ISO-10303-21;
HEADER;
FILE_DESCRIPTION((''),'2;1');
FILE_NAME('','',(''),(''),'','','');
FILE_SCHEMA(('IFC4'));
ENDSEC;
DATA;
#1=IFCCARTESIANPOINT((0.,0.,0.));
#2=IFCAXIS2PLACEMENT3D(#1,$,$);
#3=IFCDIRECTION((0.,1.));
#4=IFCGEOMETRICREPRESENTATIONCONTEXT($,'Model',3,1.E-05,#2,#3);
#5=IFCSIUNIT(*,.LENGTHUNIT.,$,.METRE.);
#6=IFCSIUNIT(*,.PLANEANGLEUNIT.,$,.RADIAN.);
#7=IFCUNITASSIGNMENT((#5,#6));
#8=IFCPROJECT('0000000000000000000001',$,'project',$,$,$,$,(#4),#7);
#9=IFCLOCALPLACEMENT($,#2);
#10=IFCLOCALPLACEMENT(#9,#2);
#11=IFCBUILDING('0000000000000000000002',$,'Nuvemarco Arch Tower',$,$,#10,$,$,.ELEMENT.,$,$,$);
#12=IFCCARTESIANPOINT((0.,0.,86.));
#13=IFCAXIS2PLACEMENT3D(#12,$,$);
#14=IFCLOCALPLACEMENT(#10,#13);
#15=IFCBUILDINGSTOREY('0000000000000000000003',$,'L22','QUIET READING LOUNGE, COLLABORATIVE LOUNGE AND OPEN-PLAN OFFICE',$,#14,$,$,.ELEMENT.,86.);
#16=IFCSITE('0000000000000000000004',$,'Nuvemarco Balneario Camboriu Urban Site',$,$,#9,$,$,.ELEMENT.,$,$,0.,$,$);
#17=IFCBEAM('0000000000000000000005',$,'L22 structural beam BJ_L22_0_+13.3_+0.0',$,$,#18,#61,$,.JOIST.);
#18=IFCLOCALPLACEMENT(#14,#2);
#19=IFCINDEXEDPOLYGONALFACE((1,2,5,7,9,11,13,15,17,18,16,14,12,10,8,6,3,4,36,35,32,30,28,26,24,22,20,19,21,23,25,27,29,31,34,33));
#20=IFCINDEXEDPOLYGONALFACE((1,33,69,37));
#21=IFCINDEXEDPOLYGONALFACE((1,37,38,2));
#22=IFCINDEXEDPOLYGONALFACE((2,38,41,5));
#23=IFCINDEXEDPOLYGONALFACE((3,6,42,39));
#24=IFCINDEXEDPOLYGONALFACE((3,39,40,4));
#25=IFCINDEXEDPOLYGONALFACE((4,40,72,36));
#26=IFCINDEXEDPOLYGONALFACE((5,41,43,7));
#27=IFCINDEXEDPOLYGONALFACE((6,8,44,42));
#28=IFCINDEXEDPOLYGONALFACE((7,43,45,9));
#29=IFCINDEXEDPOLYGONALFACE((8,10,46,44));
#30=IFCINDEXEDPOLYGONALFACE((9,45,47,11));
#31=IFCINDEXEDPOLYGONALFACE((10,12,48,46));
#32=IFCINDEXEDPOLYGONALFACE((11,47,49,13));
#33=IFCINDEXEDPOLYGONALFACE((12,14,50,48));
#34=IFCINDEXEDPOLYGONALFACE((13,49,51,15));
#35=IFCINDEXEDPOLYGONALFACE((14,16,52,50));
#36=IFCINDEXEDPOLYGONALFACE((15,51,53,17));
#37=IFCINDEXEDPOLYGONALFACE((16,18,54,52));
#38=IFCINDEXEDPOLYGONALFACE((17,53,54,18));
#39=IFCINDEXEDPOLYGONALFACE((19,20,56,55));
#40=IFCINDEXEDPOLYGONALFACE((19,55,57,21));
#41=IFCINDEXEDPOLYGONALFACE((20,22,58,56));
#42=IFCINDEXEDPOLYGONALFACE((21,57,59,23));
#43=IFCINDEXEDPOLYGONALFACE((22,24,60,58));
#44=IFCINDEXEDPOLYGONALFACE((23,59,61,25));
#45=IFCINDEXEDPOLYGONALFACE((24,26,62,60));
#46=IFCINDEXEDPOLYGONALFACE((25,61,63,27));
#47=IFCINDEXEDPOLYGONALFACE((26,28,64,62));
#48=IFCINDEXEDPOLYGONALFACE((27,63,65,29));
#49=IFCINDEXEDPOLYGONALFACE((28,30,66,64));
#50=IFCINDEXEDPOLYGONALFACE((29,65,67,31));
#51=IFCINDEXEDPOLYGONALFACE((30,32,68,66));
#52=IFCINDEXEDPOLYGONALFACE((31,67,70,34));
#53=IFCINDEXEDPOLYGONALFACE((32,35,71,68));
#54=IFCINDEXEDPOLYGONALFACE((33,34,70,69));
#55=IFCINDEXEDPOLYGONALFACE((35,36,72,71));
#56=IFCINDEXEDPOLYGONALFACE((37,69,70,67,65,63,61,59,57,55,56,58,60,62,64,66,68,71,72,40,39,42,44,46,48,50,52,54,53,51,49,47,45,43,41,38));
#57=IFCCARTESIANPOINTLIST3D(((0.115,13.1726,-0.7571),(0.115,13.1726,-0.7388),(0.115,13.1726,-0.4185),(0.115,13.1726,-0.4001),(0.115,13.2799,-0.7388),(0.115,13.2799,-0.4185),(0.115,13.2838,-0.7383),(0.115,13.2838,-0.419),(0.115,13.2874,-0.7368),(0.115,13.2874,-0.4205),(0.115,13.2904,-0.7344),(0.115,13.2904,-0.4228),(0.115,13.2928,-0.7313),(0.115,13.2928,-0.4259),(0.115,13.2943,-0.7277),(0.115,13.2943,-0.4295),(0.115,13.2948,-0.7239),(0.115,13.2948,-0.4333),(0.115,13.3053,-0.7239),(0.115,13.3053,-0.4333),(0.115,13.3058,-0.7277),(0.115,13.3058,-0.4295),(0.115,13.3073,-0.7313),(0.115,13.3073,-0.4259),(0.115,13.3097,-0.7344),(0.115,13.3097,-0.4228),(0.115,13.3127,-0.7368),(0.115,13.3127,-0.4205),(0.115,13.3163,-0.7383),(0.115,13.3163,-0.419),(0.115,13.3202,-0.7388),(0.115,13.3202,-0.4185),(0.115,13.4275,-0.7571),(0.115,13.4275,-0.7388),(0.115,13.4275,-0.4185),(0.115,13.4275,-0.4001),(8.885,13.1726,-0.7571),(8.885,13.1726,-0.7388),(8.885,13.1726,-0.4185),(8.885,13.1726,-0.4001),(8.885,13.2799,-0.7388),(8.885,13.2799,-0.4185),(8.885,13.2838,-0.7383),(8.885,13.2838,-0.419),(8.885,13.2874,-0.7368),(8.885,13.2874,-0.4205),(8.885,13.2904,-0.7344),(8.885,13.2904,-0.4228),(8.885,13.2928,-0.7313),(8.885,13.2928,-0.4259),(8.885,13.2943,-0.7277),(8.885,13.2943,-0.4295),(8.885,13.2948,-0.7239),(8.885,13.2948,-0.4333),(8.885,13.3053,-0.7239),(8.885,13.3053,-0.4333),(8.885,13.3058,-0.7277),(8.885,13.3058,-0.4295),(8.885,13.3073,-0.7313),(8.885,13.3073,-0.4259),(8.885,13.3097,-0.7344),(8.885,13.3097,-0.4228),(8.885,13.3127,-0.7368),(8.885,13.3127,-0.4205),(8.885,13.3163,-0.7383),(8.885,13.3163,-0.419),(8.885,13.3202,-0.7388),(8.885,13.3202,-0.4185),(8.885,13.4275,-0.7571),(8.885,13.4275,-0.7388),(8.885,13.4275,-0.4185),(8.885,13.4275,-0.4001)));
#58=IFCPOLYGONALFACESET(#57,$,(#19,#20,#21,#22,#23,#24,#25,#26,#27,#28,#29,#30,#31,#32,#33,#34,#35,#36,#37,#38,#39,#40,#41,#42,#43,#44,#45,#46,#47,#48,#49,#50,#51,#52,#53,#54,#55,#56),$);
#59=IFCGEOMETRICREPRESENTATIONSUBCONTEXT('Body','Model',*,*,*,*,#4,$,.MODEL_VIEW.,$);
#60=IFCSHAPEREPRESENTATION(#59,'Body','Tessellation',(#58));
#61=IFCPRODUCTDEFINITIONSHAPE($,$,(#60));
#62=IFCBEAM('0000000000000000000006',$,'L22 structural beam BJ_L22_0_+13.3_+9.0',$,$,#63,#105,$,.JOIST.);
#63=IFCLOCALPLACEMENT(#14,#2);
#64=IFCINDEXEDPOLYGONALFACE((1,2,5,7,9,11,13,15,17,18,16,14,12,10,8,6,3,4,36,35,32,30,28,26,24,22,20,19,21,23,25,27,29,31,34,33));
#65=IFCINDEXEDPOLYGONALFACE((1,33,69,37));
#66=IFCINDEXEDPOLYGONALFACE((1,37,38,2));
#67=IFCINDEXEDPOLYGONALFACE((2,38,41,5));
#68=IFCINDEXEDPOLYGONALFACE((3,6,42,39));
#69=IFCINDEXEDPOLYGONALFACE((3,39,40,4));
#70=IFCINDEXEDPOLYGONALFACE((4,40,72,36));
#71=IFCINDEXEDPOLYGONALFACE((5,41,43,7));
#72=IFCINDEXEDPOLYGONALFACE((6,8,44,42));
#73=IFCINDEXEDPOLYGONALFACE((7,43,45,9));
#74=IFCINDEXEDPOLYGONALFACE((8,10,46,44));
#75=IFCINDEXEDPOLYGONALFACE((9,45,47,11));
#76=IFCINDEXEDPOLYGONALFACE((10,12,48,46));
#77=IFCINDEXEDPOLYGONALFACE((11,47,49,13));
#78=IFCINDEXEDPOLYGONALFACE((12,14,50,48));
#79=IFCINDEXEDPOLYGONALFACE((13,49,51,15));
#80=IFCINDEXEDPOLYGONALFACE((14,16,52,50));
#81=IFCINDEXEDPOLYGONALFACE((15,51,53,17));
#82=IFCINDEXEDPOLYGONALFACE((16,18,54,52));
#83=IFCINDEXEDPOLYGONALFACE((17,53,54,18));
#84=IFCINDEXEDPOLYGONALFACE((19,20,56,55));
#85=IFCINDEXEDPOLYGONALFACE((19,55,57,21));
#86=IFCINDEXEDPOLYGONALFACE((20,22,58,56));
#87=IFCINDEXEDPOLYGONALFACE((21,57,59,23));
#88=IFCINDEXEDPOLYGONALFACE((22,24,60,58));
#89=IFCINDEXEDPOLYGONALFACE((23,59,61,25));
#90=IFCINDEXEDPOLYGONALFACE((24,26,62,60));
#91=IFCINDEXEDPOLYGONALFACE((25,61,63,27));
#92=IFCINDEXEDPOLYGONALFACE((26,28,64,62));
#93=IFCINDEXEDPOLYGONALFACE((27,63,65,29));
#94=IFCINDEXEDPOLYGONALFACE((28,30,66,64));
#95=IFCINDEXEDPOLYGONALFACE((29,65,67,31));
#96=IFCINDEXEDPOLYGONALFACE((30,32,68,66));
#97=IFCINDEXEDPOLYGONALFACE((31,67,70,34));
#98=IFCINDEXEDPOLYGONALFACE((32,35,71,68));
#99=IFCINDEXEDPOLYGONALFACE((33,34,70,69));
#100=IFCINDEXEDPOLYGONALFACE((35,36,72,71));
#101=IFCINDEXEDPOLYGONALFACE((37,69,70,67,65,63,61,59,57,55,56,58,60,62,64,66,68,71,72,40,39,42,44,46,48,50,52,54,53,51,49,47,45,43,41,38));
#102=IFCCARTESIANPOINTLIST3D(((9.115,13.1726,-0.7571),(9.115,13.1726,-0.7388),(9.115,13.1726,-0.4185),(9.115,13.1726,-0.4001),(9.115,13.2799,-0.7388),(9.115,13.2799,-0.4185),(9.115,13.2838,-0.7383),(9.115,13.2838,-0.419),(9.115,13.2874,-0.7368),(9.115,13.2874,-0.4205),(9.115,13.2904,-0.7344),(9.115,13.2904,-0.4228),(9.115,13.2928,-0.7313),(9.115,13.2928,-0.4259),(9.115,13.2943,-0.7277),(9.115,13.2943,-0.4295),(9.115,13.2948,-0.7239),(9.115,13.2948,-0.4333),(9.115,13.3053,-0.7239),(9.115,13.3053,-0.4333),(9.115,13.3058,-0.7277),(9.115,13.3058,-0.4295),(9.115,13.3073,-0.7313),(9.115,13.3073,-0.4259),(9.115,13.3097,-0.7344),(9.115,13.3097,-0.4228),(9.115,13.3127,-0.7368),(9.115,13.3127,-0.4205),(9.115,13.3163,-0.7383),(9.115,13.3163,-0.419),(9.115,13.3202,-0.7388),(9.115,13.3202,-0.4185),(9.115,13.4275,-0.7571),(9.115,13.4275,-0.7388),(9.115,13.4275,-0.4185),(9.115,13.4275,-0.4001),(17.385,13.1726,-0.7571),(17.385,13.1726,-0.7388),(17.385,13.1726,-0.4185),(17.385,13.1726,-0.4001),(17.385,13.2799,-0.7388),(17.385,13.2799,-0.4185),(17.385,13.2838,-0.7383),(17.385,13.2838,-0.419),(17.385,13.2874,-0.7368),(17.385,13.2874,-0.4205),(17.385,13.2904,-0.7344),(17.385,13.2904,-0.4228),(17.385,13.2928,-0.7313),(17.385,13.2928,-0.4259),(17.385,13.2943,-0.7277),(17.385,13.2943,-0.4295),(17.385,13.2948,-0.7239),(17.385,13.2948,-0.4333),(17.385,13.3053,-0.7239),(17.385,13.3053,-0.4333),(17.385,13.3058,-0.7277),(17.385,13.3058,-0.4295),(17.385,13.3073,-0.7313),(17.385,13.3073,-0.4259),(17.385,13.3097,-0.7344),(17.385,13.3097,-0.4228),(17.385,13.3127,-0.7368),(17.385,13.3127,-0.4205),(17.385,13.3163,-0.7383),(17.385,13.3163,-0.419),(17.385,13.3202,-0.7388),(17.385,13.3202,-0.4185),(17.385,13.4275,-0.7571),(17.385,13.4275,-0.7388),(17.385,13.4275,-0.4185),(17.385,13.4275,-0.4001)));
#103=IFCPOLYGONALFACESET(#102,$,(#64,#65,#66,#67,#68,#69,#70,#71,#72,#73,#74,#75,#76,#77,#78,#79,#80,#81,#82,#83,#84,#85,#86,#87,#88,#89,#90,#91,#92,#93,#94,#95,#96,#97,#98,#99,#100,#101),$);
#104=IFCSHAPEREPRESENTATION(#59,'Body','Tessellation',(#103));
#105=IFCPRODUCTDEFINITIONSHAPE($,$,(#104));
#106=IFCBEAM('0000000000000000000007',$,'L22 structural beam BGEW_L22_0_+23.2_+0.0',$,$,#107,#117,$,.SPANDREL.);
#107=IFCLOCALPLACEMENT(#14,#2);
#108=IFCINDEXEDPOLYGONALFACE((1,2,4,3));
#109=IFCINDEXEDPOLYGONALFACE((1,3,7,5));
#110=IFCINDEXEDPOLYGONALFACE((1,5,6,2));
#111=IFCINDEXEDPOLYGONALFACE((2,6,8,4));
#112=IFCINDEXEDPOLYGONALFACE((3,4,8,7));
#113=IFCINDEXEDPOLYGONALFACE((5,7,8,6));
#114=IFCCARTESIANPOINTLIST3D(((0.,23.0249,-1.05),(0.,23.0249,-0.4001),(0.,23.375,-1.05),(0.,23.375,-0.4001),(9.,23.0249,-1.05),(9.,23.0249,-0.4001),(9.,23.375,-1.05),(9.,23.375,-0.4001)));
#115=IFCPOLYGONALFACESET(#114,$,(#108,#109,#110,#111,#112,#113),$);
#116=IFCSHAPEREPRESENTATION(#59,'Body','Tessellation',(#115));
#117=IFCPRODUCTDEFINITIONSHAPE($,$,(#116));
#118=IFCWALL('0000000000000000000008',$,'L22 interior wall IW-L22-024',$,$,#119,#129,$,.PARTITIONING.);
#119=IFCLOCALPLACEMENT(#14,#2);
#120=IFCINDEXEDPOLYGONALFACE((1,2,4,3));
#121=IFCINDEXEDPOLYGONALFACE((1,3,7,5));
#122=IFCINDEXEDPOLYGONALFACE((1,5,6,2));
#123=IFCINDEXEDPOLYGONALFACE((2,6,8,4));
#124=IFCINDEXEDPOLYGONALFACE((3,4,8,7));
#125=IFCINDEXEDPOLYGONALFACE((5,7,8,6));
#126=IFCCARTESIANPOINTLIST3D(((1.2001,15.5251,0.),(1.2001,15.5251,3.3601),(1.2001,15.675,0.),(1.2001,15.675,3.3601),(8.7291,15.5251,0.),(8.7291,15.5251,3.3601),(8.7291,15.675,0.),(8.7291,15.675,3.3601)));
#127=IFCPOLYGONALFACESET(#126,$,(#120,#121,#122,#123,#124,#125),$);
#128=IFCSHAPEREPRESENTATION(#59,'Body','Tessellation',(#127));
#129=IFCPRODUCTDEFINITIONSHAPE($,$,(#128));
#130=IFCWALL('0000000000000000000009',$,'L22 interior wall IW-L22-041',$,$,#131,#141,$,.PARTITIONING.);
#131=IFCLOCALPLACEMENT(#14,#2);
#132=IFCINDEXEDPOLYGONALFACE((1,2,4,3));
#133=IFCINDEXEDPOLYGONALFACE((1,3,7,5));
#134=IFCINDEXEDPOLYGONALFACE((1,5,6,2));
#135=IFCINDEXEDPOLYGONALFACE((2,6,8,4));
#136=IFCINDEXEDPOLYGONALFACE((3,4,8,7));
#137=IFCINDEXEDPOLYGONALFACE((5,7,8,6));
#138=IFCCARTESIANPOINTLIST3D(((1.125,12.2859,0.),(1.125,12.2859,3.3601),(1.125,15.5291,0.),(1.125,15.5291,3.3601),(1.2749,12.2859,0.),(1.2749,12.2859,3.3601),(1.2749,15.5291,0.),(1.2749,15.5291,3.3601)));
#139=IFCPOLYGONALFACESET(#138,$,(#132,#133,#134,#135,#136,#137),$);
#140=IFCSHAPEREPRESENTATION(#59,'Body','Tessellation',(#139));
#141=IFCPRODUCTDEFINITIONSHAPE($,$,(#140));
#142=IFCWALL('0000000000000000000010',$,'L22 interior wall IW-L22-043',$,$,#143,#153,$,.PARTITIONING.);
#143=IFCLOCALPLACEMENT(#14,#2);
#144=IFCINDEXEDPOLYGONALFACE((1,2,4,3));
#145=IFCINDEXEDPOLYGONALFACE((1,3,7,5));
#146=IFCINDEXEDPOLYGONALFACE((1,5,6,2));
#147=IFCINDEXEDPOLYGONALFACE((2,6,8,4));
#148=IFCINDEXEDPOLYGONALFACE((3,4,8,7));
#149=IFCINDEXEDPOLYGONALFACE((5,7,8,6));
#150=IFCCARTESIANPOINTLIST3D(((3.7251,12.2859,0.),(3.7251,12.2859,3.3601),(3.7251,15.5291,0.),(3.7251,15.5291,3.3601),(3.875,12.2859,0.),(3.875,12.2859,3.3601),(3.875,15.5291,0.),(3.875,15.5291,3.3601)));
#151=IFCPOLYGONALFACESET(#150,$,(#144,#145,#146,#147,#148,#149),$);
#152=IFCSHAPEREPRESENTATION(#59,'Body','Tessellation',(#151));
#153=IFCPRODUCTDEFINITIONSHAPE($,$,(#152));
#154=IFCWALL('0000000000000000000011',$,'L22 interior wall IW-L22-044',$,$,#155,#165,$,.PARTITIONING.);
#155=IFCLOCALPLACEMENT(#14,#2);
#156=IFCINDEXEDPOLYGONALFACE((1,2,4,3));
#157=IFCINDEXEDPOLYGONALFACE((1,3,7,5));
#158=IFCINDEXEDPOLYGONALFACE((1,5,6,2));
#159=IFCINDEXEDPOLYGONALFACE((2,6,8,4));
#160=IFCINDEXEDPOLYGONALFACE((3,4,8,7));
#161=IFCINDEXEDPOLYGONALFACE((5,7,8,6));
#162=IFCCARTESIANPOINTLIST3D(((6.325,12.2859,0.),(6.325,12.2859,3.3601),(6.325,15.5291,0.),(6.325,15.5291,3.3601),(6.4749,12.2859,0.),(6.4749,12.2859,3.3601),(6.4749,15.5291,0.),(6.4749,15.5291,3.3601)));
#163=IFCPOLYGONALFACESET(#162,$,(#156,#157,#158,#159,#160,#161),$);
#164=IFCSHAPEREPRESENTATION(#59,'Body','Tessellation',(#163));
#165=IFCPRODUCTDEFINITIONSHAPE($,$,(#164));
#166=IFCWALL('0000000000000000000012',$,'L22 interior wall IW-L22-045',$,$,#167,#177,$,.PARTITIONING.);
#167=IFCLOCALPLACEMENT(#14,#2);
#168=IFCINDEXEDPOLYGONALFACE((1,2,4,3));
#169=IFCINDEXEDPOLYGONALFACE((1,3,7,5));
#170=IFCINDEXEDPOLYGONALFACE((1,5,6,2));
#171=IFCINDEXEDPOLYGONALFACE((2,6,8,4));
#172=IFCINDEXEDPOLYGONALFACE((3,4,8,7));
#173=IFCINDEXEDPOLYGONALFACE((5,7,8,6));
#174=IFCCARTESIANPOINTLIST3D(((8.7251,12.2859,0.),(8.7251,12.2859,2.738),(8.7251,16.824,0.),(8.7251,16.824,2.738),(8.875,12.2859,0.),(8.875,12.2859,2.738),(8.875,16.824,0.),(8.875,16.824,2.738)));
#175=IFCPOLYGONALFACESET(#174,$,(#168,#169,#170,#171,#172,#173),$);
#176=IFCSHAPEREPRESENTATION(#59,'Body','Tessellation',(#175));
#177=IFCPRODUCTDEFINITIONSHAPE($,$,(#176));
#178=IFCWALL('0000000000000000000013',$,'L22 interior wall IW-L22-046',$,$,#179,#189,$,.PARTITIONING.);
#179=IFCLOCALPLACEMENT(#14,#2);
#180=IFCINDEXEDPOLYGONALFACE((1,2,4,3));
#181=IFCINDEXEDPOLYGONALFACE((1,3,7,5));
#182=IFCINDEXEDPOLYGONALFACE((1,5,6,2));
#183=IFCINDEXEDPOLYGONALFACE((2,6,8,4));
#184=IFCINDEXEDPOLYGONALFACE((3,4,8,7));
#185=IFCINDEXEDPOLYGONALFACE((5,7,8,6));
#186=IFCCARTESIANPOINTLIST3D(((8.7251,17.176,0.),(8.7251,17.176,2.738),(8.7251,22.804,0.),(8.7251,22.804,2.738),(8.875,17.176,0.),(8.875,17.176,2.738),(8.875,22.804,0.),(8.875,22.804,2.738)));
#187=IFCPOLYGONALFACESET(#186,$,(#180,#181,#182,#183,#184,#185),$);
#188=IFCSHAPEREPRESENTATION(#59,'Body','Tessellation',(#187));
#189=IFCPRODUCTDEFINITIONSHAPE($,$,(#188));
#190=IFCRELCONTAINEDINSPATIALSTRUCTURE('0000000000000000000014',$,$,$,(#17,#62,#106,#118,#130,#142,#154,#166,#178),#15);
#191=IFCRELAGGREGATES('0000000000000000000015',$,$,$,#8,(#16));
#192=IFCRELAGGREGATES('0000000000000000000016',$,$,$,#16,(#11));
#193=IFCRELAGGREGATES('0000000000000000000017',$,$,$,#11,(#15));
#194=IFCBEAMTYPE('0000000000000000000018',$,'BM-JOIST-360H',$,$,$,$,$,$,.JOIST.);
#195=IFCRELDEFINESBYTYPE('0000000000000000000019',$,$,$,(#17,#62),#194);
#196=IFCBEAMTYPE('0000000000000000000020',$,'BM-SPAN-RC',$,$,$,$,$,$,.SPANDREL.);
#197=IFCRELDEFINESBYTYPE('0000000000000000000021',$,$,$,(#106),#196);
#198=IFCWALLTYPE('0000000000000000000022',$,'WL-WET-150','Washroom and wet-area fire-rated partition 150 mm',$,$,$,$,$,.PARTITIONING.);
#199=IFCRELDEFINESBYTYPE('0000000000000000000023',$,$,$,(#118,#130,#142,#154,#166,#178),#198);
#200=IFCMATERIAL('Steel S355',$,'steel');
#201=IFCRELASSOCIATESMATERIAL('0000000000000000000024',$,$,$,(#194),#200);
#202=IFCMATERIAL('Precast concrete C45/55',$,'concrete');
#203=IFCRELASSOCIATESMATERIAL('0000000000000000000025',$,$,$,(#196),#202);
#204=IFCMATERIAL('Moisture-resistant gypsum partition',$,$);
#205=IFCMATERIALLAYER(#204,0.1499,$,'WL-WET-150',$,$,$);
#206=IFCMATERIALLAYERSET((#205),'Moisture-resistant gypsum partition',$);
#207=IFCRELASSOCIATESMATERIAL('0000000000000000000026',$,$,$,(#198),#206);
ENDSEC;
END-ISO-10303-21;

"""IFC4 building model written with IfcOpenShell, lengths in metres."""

from ifc_helpers import new_model, si_unit, direction, frame, frame_2d, origin, origin_2d, place, context, subcontext, project, spatial, rectangle, i_section, extrude, material, layer, layer_set, material_profile, profile_set, type_object, element, save


model = new_model("IFC4")

# Units and contexts
model_context = context("Model", 3, precision=1e-05, world=origin(), true_north=direction((0.0, 1.0)))
body_context = subcontext(model_context, "Body", "Model", "MODEL_VIEW")
ifc_project = project(units=[si_unit("LENGTHUNIT", "METRE"), si_unit("PLANEANGLEUNIT", "RADIAN")], contexts=[model_context])

# Site, building, storey
site_placement = place(None, origin())
site = spatial("IfcSite", under=ifc_project, at=site_placement, Name="Nuvemarco Balneario Camboriu Urban Site", CompositionType="ELEMENT", RefElevation=0.0)
building_placement = place(site_placement, origin())
building = spatial("IfcBuilding", under=site, at=building_placement, Name="Nuvemarco Arch Tower", CompositionType="ELEMENT")
storey_placement = place(building_placement, frame((0.0, 0.0, 86.0)))
storey = spatial("IfcBuildingStorey", under=building, at=storey_placement, Name="L22", Description="QUIET READING LOUNGE, COLLABORATIVE LOUNGE AND OPEN-PLAN OFFICE", CompositionType="ELEMENT", Elevation=86.0)

# Shared definitions
ifc_material_1 = material(Name="Steel S355", Category="steel")

# Beams
ifc_material_profile_1 = material_profile(ifc_material_1, i_section(OverallWidth=0.2549, OverallDepth=0.3569, WebThickness=0.0105, FlangeThickness=0.0183, FilletRadius=0.0149, at=origin_2d()), Name="W360x101")
ifc_profile_set_1 = profile_set([ifc_material_profile_1], Name="Steel S355")
beam_type_1 = type_object("IfcBeamType", Name="BM-JOIST-360H", PredefinedType="JOIST", material=ifc_profile_set_1)
beam_1_placement = place(storey_placement, frame((0.115, 13.3, -0.5786), z_axis=(1.0, 0.0, 0.0), x_axis=(0.0, 1.0, 0.0)))
element("IfcBeam", 1, at=beam_1_placement, inside=storey, type_object=beam_type_1, Name="L22 structural beam BJ_L22_0_+13.3_+0.0", PredefinedType="JOIST", context=body_context, shape_type="SweptSolid", body=[
    extrude(i_section(OverallWidth=0.2549, OverallDepth=0.3569, WebThickness=0.0105, FlangeThickness=0.0183, FilletRadius=0.0149, at=origin_2d()), origin(), (0.0, 0.0, 1.0), 8.77),
])
beam_2_placement = place(storey_placement, frame((9.115, 13.3, -0.5786), z_axis=(1.0, 0.0, 0.0), x_axis=(0.0, 1.0, 0.0)))
element("IfcBeam", 2, at=beam_2_placement, inside=storey, type_object=beam_type_1, Name="L22 structural beam BJ_L22_0_+13.3_+9.0", PredefinedType="JOIST", context=body_context, shape_type="SweptSolid", body=[
    extrude(i_section(OverallWidth=0.2549, OverallDepth=0.3569, WebThickness=0.0105, FlangeThickness=0.0183, FilletRadius=0.0149, at=origin_2d()), origin(), (0.0, 0.0, 1.0), 8.27),
])
ifc_material_2 = material(Name="Precast concrete C45/55", Category="concrete")
ifc_material_profile_2 = material_profile(ifc_material_2, rectangle(XDim=0.3501, YDim=0.6499, at=origin_2d()), Name="PC-SP-350x650")
ifc_profile_set_2 = profile_set([ifc_material_profile_2], Name="Precast concrete C45/55")
beam_type_2 = type_object("IfcBeamType", Name="BM-SPAN-RC", PredefinedType="SPANDREL", material=ifc_profile_set_2)
beam_3_placement = place(storey_placement, frame((0.0, 23.2, -0.7251), z_axis=(1.0, 0.0, 0.0), x_axis=(0.0, 1.0, 0.0)))
element("IfcBeam", 3, at=beam_3_placement, inside=storey, type_object=beam_type_2, Name="L22 structural beam BGEW_L22_0_+23.2_+0.0", PredefinedType="SPANDREL", context=body_context, shape_type="SweptSolid", body=[
    extrude(rectangle(XDim=0.3501, YDim=0.6499, at=origin_2d()), origin(), (0.0, 0.0, 1.0), 9.0),
])

# Walls
ifc_material_3 = material(Name="Moisture-resistant gypsum partition")
ifc_layer_1 = layer(ifc_material_3, 0.1499, Name="WL-WET-150")
ifc_layer_set_1 = layer_set([ifc_layer_1], Name="Moisture-resistant gypsum partition")
wall_type = type_object("IfcWallType", Name="WL-WET-150", Description="Washroom and wet-area fire-rated partition 150 mm", PredefinedType="PARTITIONING", material=ifc_layer_set_1)
wall_1_placement = place(storey_placement, frame((1.2, 15.6001, 0.0), z_axis=(0.0, 0.0, 1.0), x_axis=(1.0, 0.0, 0.0)))
element("IfcWall", 4, at=wall_1_placement, inside=storey, type_object=wall_type, Name="L22 interior wall IW-L22-024", PredefinedType="PARTITIONING", context=body_context, shape_type="SweptSolid", body=[
    extrude(rectangle(XDim=7.5291, YDim=0.1499, at=frame_2d((3.7646, 0.0))), origin(), (0.0, 0.0, 1.0), 3.3601),
])
for number, where, z_axis, x_axis, name in (
    (5, (1.2, 12.2859, 0.0), (0.0, 0.0, 1.0), (0.0, 1.0, 0.0), "L22 interior wall IW-L22-041"),
    (6, (3.8, 12.2859, 0.0), (0.0, 0.0, 1.0), (0.0, 1.0, 0.0), "L22 interior wall IW-L22-043"),
    (7, (6.3999, 12.2859, 0.0), (0.0, 0.0, 1.0), (0.0, 1.0, 0.0), "L22 interior wall IW-L22-044"),
):
    element("IfcWall", number, at=place(storey_placement, frame(where, z_axis=z_axis, x_axis=x_axis)), inside=storey, type_object=wall_type, Name=name, PredefinedType="PARTITIONING", context=body_context, shape_type="SweptSolid", body=[
        extrude(rectangle(XDim=3.2432, YDim=0.1499, at=frame_2d((1.6216, 0.0))), origin(), (0.0, 0.0, 1.0), 3.3601),
    ])
wall_2_placement = place(storey_placement, frame((8.8, 12.2859, 0.0), z_axis=(0.0, 0.0, 1.0), x_axis=(0.0, 1.0, 0.0)))
element("IfcWall", 8, at=wall_2_placement, inside=storey, type_object=wall_type, Name="L22 interior wall IW-L22-045", PredefinedType="PARTITIONING", context=body_context, shape_type="SweptSolid", body=[
    extrude(rectangle(XDim=4.5381, YDim=0.1499, at=frame_2d((2.269, 0.0))), origin(), (0.0, 0.0, 1.0), 2.738),
])
wall_3_placement = place(storey_placement, frame((8.8, 17.176, 0.0), z_axis=(0.0, 0.0, 1.0), x_axis=(0.0, 1.0, 0.0)))
element("IfcWall", 9, at=wall_3_placement, inside=storey, type_object=wall_type, Name="L22 interior wall IW-L22-046", PredefinedType="PARTITIONING", context=body_context, shape_type="SweptSolid", body=[
    extrude(rectangle(XDim=5.6279, YDim=0.1499, at=frame_2d((2.814, 0.0))), origin(), (0.0, 0.0, 1.0), 2.738),
])

save(model, "model.ifc")
